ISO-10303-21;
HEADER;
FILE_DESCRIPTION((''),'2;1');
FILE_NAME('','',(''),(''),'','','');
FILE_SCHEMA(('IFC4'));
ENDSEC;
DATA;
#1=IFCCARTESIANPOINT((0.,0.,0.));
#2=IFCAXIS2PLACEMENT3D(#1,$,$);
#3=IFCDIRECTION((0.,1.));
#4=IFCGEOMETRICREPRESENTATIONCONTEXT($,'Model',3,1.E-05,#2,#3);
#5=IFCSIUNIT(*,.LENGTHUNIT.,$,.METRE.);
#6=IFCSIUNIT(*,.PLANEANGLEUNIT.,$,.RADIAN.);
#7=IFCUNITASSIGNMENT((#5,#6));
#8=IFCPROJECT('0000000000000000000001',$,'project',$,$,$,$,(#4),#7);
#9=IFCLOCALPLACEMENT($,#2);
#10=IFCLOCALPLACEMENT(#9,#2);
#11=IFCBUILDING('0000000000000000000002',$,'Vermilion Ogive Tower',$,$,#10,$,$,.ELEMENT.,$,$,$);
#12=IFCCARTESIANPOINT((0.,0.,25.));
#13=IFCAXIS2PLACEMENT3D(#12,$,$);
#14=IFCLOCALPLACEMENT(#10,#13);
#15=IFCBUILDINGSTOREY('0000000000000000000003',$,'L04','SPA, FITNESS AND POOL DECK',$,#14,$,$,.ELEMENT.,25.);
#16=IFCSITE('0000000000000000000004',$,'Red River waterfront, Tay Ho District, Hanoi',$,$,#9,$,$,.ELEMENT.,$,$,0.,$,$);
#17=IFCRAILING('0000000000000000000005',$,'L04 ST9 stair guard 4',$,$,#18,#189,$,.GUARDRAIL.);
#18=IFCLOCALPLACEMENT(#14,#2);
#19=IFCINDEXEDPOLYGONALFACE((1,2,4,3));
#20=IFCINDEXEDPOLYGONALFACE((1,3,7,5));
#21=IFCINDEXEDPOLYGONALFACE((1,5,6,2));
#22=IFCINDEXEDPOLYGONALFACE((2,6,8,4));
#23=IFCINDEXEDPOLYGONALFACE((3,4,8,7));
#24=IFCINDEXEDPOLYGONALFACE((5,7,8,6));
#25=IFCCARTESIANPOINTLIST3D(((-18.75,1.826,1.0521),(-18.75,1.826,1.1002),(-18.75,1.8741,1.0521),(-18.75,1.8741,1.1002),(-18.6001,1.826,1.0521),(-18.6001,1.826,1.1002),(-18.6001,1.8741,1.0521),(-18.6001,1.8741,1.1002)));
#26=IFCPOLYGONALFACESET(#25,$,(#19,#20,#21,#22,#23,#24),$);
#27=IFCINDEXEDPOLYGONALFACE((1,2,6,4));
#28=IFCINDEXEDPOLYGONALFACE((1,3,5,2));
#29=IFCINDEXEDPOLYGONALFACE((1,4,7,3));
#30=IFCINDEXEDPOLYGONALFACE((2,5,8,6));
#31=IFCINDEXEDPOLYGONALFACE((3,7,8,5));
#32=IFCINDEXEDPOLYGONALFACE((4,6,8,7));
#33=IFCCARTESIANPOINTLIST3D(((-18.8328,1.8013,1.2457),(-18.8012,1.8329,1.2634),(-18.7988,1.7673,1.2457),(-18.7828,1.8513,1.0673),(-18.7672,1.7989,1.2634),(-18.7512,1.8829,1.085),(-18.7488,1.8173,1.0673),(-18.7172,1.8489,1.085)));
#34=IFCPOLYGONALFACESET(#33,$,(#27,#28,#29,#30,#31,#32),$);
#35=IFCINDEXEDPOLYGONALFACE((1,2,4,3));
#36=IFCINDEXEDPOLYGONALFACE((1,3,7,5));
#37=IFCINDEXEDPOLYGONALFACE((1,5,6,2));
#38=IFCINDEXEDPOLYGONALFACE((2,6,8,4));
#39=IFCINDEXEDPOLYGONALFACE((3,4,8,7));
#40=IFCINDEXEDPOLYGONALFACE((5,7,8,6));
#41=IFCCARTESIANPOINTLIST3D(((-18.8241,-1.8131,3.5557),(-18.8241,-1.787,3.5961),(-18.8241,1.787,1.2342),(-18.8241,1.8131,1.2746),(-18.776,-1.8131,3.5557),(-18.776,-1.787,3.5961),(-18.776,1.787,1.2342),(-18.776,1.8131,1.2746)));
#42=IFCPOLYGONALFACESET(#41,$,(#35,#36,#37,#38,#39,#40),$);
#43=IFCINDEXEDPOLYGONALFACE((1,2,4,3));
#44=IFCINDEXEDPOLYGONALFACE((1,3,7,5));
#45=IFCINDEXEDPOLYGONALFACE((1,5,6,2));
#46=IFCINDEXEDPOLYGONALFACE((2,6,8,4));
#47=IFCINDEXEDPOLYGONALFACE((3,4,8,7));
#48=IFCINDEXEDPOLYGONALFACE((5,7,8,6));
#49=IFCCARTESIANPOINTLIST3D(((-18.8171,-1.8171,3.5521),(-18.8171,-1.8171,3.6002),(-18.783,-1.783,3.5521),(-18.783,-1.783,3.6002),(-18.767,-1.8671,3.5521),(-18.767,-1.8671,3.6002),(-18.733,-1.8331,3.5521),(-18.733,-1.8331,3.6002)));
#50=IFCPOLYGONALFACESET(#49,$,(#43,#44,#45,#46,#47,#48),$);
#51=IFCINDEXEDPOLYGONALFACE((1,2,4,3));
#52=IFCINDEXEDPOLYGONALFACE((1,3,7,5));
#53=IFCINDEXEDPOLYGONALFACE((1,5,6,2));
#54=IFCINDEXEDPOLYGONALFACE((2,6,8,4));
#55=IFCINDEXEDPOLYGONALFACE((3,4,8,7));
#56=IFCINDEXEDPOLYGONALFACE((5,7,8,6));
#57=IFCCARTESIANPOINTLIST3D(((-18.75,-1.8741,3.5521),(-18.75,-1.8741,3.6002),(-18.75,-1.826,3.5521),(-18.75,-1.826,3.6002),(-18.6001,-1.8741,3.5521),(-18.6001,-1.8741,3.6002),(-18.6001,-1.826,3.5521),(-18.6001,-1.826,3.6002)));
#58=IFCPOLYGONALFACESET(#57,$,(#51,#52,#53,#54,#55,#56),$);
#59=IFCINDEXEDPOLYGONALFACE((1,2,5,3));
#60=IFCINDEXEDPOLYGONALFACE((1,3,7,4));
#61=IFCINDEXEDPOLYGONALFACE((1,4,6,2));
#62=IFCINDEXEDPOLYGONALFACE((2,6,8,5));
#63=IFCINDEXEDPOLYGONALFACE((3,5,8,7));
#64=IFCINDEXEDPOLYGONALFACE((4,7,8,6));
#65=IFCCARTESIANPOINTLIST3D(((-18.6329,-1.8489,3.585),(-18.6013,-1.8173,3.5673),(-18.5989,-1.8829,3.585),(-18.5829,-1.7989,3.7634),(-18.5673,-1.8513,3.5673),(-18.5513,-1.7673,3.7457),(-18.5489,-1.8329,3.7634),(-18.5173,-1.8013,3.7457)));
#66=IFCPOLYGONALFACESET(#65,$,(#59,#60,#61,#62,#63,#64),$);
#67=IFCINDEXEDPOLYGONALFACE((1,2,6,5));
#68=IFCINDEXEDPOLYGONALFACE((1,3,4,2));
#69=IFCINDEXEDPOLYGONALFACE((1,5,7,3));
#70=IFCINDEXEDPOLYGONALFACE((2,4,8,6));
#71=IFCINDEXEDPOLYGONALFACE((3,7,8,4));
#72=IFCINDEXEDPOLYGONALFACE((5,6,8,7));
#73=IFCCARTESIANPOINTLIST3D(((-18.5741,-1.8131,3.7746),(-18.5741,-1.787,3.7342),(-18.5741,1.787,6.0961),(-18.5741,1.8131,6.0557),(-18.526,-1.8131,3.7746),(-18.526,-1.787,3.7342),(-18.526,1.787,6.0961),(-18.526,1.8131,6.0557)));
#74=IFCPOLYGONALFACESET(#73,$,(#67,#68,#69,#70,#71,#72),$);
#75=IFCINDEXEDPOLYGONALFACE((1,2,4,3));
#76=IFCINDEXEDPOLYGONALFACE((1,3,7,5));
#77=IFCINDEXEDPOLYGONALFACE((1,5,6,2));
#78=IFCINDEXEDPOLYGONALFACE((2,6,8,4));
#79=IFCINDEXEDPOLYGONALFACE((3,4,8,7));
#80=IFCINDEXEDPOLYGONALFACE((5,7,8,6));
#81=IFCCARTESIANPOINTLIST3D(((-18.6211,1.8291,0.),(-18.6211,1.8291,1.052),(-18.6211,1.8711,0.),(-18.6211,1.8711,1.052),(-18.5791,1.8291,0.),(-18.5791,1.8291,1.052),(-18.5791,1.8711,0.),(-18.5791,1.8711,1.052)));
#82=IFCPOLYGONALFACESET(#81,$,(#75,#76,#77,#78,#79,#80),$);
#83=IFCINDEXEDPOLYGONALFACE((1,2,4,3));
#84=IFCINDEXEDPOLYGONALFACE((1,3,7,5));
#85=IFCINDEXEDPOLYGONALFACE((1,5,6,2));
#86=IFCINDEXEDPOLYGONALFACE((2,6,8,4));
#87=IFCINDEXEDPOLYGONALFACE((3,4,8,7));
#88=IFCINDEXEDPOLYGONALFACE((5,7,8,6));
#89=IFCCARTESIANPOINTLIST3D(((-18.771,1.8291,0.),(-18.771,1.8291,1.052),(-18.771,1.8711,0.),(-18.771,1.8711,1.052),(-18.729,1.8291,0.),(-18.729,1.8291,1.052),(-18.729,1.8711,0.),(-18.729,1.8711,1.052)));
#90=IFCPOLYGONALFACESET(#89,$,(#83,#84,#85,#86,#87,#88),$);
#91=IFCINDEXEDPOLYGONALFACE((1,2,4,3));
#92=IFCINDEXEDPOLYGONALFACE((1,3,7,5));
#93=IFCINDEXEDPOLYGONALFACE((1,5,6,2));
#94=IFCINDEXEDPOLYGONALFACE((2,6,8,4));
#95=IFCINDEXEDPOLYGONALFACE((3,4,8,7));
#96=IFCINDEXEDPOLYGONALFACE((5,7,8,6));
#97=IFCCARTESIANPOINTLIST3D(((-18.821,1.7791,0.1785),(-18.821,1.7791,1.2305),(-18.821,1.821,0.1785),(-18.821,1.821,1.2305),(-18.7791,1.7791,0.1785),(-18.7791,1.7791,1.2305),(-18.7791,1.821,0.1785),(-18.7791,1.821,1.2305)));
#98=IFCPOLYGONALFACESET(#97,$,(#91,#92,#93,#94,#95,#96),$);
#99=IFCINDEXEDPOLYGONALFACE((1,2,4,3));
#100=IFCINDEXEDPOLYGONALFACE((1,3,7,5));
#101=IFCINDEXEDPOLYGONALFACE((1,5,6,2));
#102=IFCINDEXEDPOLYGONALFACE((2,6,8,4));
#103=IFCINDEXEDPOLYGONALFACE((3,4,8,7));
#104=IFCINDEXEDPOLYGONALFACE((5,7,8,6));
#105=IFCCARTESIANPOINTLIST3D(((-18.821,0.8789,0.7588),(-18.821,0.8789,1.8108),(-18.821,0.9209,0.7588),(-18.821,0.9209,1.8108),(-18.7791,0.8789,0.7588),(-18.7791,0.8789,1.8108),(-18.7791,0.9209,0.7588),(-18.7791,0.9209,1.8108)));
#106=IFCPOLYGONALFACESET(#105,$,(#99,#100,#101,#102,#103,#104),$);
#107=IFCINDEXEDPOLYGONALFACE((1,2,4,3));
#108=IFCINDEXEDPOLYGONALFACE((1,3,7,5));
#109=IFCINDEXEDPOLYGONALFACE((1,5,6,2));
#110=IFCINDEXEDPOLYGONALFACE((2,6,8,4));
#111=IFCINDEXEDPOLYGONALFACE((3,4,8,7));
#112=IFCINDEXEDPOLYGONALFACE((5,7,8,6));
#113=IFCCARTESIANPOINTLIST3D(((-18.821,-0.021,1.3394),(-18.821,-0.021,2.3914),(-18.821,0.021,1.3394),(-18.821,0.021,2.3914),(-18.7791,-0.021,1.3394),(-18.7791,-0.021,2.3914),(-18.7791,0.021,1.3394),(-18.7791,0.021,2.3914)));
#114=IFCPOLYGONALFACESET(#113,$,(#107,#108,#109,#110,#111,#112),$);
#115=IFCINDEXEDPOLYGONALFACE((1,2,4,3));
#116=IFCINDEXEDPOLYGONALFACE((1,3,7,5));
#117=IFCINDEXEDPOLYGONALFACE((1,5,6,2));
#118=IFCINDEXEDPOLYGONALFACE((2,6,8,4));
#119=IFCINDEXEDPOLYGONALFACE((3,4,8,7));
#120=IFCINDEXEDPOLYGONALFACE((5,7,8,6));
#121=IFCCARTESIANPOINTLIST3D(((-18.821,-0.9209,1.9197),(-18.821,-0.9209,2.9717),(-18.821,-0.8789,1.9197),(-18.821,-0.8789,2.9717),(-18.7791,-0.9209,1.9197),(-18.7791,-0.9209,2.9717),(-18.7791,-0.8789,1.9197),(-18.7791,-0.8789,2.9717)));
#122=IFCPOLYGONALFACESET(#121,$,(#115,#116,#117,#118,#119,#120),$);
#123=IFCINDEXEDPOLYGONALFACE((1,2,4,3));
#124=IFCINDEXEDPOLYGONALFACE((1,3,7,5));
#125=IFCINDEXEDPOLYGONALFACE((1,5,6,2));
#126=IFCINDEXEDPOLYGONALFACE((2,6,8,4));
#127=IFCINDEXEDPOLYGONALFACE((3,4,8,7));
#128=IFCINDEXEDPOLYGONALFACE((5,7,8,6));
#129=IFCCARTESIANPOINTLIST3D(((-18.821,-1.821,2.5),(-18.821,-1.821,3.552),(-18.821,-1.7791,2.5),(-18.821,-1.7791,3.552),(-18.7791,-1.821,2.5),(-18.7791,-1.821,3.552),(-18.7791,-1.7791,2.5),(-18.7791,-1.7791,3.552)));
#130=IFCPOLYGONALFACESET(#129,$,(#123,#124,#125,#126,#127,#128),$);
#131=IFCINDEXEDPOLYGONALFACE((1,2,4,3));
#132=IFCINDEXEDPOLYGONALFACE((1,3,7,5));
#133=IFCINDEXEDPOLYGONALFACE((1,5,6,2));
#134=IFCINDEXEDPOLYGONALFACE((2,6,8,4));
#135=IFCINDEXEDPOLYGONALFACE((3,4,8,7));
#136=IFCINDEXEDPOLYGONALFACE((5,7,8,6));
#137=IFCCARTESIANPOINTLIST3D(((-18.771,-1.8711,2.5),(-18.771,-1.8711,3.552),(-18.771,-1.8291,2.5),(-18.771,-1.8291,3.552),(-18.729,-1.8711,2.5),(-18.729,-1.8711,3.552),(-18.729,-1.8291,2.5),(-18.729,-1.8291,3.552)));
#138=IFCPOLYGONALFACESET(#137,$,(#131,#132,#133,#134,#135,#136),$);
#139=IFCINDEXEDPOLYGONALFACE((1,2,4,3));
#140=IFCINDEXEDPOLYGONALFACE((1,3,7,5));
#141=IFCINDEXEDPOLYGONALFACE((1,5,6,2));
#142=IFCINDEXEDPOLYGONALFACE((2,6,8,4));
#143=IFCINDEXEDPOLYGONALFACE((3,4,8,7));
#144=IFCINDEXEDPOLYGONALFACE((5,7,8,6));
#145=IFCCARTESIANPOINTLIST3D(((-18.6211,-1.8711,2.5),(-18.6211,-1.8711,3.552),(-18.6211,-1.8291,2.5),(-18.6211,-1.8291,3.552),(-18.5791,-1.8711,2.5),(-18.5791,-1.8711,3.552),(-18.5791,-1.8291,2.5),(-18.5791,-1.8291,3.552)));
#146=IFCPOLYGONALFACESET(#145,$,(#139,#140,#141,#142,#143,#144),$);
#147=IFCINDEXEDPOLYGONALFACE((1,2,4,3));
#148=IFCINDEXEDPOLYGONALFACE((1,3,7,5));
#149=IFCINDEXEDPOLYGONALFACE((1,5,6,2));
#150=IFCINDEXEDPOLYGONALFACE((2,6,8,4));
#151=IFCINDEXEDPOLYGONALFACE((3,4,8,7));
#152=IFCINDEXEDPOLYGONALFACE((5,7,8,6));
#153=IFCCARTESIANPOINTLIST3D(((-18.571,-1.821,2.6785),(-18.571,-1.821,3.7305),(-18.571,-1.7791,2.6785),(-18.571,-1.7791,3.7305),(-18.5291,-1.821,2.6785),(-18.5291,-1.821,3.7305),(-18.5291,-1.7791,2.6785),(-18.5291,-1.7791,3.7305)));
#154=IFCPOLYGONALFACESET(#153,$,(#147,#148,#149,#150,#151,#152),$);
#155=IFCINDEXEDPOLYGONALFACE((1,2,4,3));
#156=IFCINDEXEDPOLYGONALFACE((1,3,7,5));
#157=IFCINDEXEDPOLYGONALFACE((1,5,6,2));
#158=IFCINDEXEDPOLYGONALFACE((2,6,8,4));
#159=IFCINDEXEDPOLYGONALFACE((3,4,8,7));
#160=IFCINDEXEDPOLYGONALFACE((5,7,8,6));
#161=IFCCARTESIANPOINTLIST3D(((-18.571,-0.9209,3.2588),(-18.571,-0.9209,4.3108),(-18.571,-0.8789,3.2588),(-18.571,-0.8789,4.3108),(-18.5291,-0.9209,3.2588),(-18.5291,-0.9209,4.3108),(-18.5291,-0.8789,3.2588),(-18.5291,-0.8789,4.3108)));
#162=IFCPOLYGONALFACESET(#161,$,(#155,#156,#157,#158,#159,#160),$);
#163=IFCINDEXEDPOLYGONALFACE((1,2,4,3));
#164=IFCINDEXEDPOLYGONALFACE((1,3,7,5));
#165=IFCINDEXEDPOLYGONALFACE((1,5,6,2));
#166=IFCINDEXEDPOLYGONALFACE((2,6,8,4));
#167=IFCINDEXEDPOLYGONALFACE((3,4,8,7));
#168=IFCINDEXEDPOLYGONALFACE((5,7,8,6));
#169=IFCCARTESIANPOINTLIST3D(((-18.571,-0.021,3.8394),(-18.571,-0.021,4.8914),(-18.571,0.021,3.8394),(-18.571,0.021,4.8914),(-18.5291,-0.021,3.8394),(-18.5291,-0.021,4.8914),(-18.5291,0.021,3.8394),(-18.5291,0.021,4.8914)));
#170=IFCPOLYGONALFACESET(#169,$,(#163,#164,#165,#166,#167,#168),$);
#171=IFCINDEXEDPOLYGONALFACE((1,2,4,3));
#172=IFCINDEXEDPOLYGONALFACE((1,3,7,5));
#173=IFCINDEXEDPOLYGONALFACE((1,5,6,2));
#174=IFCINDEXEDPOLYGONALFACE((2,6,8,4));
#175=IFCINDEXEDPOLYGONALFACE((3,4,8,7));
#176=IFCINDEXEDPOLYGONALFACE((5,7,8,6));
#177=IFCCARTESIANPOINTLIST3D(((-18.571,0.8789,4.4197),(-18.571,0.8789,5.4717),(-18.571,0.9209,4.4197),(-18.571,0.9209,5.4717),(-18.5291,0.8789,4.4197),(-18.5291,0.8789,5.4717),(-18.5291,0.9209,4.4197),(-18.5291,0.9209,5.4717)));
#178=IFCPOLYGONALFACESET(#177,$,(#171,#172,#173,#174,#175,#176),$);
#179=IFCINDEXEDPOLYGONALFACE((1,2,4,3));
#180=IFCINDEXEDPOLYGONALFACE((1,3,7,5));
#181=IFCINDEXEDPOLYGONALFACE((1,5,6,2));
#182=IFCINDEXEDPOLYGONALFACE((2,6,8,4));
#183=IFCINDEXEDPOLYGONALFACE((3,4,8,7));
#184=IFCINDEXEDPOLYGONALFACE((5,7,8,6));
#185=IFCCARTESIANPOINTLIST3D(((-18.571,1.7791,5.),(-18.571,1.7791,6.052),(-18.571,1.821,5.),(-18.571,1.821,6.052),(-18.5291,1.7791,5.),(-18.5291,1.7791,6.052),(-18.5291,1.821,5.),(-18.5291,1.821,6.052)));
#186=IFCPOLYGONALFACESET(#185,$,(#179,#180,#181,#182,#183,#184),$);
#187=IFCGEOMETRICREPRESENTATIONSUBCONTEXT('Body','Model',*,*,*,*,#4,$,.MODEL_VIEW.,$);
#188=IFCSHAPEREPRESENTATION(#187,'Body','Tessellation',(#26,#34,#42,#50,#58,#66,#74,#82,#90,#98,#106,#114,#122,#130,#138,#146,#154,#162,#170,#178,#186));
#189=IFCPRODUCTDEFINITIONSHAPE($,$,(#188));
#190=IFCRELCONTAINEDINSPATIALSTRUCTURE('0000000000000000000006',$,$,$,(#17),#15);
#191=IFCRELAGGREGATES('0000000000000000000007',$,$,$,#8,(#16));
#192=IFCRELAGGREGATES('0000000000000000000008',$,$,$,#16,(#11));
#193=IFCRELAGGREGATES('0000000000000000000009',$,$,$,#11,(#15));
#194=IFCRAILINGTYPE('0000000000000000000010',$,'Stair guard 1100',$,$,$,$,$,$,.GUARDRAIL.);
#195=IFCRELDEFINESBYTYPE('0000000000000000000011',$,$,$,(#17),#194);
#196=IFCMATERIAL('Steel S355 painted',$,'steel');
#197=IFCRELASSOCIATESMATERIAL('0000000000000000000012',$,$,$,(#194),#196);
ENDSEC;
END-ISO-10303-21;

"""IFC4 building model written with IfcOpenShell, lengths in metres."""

from ifc_helpers import new_model, si_unit, direction, frame, origin, origin_2d, place, context, subcontext, project, spatial, rectangle, extrude, material, type_object, element, save


model = new_model("IFC4")

# Units and contexts
model_context = context("Model", 3, precision=1e-05, world=origin(), true_north=direction((0.0, 1.0)))
body_context = subcontext(model_context, "Body", "Model", "MODEL_VIEW")
ifc_project = project(units=[si_unit("LENGTHUNIT", "METRE"), si_unit("PLANEANGLEUNIT", "RADIAN")], contexts=[model_context])

# Site, building, storey
site_placement = place(None, origin())
site = spatial("IfcSite", under=ifc_project, at=site_placement, Name="Red River waterfront, Tay Ho District, Hanoi", CompositionType="ELEMENT", RefElevation=0.0)
building_placement = place(site_placement, origin())
building = spatial("IfcBuilding", under=site, at=building_placement, Name="Vermilion Ogive Tower", CompositionType="ELEMENT")
storey_placement = place(building_placement, frame((0.0, 0.0, 25.0)))
storey = spatial("IfcBuildingStorey", under=building, at=storey_placement, Name="L04", Description="SPA, FITNESS AND POOL DECK", CompositionType="ELEMENT", Elevation=25.0)

# Railing
ifc_material_1 = material(Name="Steel S355 painted", Category="steel")
railing_type_1 = type_object("IfcRailingType", Name="Stair guard 1100", PredefinedType="GUARDRAIL", material=ifc_material_1)
railing_1_placement = place(storey_placement, frame((-18.6001, 1.8501, 0.0)))
element("IfcRailing", 1, at=railing_1_placement, inside=storey, type_object=railing_type_1, Name="L04 ST9 stair guard 4", PredefinedType="GUARDRAIL", context=body_context, shape_type="SweptSolid", body=[
    extrude(rectangle(XDim=0.0481, YDim=0.0481, at=origin_2d()), frame((0.0, 0.0, 1.0762), z_axis=(-1.0, 0.0, 0.0), x_axis=(0.0, -1.0, 0.0)), (0.0, 0.0, 1.0), 0.1499),
    extrude(rectangle(XDim=0.0481, YDim=0.0481, at=origin_2d()), frame((-0.1499, 0.0, 1.0762), z_axis=(-0.260685, -0.260685, 0.929563), x_axis=(0.707107, -0.707107, 0.0)), (0.0, 0.0, 1.0), 0.1919),
    extrude(rectangle(XDim=0.0481, YDim=0.0481, at=origin_2d()), frame((-0.2, -0.05, 1.2544), z_axis=(0.0, -0.840415, 0.541944), x_axis=(1.0, 0.0, 0.0)), (0.0, 0.0, 1.0), 4.2837),
    extrude(rectangle(XDim=0.0481, YDim=0.0481, at=origin_2d()), frame((-0.2, -3.6501, 3.5762), z_axis=(0.707107, -0.707107, 0.0), x_axis=(0.707107, 0.707107, 0.0)), (0.0, 0.0, 1.0), 0.0708),
    extrude(rectangle(XDim=0.0481, YDim=0.0481, at=origin_2d()), frame((-0.1499, -3.7002, 3.5762), z_axis=(1.0, 0.0, 0.0), x_axis=(0.0, 1.0, 0.0)), (0.0, 0.0, 1.0), 0.1499),
    extrude(rectangle(XDim=0.0481, YDim=0.0481, at=origin_2d()), frame((0.0, -3.7002, 3.5762), z_axis=(0.260685, 0.260685, 0.929563), x_axis=(-0.707107, 0.707107, 0.0)), (0.0, 0.0, 1.0), 0.1919),
    extrude(rectangle(XDim=0.0481, YDim=0.0481, at=origin_2d()), frame((0.05, -3.6501, 3.7544), z_axis=(0.0, 0.840415, 0.541944), x_axis=(-1.0, 0.0, 0.0)), (0.0, 0.0, 1.0), 4.2837),
    extrude(rectangle(XDim=0.042, YDim=0.042, at=origin_2d()), origin(), (0.0, 0.0, 1.0), 1.052),
    extrude(rectangle(XDim=0.042, YDim=0.042, at=origin_2d()), frame((-0.1499, 0.0, 0.0)), (0.0, 0.0, 1.0), 1.052),
    extrude(rectangle(XDim=0.042, YDim=0.042, at=origin_2d()), frame((-0.2, -0.05, 0.1785)), (0.0, 0.0, 1.0), 1.052),
    extrude(rectangle(XDim=0.042, YDim=0.042, at=origin_2d()), frame((-0.2, -0.9502, 0.7588)), (0.0, 0.0, 1.0), 1.052),
    extrude(rectangle(XDim=0.042, YDim=0.042, at=origin_2d()), frame((-0.2, -1.8501, 1.3394)), (0.0, 0.0, 1.0), 1.052),
    extrude(rectangle(XDim=0.042, YDim=0.042, at=origin_2d()), frame((-0.2, -2.75, 1.9197)), (0.0, 0.0, 1.0), 1.052),
    extrude(rectangle(XDim=0.042, YDim=0.042, at=origin_2d()), frame((-0.2, -3.6501, 2.5)), (0.0, 0.0, 1.0), 1.052),
    extrude(rectangle(XDim=0.042, YDim=0.042, at=origin_2d()), frame((-0.1499, -3.7002, 2.5)), (0.0, 0.0, 1.0), 1.052),
    extrude(rectangle(XDim=0.042, YDim=0.042, at=origin_2d()), frame((0.0, -3.7002, 2.5)), (0.0, 0.0, 1.0), 1.052),
    extrude(rectangle(XDim=0.042, YDim=0.042, at=origin_2d()), frame((0.05, -3.6501, 2.6785)), (0.0, 0.0, 1.0), 1.052),
    extrude(rectangle(XDim=0.042, YDim=0.042, at=origin_2d()), frame((0.05, -2.75, 3.2588)), (0.0, 0.0, 1.0), 1.052),
    extrude(rectangle(XDim=0.042, YDim=0.042, at=origin_2d()), frame((0.05, -1.8501, 3.8394)), (0.0, 0.0, 1.0), 1.052),
    extrude(rectangle(XDim=0.042, YDim=0.042, at=origin_2d()), frame((0.05, -0.9502, 4.4197)), (0.0, 0.0, 1.0), 1.052),
    extrude(rectangle(XDim=0.042, YDim=0.042, at=origin_2d()), frame((0.05, -0.05, 5.0)), (0.0, 0.0, 1.0), 1.052),
])

save(model, "model.ifc")
